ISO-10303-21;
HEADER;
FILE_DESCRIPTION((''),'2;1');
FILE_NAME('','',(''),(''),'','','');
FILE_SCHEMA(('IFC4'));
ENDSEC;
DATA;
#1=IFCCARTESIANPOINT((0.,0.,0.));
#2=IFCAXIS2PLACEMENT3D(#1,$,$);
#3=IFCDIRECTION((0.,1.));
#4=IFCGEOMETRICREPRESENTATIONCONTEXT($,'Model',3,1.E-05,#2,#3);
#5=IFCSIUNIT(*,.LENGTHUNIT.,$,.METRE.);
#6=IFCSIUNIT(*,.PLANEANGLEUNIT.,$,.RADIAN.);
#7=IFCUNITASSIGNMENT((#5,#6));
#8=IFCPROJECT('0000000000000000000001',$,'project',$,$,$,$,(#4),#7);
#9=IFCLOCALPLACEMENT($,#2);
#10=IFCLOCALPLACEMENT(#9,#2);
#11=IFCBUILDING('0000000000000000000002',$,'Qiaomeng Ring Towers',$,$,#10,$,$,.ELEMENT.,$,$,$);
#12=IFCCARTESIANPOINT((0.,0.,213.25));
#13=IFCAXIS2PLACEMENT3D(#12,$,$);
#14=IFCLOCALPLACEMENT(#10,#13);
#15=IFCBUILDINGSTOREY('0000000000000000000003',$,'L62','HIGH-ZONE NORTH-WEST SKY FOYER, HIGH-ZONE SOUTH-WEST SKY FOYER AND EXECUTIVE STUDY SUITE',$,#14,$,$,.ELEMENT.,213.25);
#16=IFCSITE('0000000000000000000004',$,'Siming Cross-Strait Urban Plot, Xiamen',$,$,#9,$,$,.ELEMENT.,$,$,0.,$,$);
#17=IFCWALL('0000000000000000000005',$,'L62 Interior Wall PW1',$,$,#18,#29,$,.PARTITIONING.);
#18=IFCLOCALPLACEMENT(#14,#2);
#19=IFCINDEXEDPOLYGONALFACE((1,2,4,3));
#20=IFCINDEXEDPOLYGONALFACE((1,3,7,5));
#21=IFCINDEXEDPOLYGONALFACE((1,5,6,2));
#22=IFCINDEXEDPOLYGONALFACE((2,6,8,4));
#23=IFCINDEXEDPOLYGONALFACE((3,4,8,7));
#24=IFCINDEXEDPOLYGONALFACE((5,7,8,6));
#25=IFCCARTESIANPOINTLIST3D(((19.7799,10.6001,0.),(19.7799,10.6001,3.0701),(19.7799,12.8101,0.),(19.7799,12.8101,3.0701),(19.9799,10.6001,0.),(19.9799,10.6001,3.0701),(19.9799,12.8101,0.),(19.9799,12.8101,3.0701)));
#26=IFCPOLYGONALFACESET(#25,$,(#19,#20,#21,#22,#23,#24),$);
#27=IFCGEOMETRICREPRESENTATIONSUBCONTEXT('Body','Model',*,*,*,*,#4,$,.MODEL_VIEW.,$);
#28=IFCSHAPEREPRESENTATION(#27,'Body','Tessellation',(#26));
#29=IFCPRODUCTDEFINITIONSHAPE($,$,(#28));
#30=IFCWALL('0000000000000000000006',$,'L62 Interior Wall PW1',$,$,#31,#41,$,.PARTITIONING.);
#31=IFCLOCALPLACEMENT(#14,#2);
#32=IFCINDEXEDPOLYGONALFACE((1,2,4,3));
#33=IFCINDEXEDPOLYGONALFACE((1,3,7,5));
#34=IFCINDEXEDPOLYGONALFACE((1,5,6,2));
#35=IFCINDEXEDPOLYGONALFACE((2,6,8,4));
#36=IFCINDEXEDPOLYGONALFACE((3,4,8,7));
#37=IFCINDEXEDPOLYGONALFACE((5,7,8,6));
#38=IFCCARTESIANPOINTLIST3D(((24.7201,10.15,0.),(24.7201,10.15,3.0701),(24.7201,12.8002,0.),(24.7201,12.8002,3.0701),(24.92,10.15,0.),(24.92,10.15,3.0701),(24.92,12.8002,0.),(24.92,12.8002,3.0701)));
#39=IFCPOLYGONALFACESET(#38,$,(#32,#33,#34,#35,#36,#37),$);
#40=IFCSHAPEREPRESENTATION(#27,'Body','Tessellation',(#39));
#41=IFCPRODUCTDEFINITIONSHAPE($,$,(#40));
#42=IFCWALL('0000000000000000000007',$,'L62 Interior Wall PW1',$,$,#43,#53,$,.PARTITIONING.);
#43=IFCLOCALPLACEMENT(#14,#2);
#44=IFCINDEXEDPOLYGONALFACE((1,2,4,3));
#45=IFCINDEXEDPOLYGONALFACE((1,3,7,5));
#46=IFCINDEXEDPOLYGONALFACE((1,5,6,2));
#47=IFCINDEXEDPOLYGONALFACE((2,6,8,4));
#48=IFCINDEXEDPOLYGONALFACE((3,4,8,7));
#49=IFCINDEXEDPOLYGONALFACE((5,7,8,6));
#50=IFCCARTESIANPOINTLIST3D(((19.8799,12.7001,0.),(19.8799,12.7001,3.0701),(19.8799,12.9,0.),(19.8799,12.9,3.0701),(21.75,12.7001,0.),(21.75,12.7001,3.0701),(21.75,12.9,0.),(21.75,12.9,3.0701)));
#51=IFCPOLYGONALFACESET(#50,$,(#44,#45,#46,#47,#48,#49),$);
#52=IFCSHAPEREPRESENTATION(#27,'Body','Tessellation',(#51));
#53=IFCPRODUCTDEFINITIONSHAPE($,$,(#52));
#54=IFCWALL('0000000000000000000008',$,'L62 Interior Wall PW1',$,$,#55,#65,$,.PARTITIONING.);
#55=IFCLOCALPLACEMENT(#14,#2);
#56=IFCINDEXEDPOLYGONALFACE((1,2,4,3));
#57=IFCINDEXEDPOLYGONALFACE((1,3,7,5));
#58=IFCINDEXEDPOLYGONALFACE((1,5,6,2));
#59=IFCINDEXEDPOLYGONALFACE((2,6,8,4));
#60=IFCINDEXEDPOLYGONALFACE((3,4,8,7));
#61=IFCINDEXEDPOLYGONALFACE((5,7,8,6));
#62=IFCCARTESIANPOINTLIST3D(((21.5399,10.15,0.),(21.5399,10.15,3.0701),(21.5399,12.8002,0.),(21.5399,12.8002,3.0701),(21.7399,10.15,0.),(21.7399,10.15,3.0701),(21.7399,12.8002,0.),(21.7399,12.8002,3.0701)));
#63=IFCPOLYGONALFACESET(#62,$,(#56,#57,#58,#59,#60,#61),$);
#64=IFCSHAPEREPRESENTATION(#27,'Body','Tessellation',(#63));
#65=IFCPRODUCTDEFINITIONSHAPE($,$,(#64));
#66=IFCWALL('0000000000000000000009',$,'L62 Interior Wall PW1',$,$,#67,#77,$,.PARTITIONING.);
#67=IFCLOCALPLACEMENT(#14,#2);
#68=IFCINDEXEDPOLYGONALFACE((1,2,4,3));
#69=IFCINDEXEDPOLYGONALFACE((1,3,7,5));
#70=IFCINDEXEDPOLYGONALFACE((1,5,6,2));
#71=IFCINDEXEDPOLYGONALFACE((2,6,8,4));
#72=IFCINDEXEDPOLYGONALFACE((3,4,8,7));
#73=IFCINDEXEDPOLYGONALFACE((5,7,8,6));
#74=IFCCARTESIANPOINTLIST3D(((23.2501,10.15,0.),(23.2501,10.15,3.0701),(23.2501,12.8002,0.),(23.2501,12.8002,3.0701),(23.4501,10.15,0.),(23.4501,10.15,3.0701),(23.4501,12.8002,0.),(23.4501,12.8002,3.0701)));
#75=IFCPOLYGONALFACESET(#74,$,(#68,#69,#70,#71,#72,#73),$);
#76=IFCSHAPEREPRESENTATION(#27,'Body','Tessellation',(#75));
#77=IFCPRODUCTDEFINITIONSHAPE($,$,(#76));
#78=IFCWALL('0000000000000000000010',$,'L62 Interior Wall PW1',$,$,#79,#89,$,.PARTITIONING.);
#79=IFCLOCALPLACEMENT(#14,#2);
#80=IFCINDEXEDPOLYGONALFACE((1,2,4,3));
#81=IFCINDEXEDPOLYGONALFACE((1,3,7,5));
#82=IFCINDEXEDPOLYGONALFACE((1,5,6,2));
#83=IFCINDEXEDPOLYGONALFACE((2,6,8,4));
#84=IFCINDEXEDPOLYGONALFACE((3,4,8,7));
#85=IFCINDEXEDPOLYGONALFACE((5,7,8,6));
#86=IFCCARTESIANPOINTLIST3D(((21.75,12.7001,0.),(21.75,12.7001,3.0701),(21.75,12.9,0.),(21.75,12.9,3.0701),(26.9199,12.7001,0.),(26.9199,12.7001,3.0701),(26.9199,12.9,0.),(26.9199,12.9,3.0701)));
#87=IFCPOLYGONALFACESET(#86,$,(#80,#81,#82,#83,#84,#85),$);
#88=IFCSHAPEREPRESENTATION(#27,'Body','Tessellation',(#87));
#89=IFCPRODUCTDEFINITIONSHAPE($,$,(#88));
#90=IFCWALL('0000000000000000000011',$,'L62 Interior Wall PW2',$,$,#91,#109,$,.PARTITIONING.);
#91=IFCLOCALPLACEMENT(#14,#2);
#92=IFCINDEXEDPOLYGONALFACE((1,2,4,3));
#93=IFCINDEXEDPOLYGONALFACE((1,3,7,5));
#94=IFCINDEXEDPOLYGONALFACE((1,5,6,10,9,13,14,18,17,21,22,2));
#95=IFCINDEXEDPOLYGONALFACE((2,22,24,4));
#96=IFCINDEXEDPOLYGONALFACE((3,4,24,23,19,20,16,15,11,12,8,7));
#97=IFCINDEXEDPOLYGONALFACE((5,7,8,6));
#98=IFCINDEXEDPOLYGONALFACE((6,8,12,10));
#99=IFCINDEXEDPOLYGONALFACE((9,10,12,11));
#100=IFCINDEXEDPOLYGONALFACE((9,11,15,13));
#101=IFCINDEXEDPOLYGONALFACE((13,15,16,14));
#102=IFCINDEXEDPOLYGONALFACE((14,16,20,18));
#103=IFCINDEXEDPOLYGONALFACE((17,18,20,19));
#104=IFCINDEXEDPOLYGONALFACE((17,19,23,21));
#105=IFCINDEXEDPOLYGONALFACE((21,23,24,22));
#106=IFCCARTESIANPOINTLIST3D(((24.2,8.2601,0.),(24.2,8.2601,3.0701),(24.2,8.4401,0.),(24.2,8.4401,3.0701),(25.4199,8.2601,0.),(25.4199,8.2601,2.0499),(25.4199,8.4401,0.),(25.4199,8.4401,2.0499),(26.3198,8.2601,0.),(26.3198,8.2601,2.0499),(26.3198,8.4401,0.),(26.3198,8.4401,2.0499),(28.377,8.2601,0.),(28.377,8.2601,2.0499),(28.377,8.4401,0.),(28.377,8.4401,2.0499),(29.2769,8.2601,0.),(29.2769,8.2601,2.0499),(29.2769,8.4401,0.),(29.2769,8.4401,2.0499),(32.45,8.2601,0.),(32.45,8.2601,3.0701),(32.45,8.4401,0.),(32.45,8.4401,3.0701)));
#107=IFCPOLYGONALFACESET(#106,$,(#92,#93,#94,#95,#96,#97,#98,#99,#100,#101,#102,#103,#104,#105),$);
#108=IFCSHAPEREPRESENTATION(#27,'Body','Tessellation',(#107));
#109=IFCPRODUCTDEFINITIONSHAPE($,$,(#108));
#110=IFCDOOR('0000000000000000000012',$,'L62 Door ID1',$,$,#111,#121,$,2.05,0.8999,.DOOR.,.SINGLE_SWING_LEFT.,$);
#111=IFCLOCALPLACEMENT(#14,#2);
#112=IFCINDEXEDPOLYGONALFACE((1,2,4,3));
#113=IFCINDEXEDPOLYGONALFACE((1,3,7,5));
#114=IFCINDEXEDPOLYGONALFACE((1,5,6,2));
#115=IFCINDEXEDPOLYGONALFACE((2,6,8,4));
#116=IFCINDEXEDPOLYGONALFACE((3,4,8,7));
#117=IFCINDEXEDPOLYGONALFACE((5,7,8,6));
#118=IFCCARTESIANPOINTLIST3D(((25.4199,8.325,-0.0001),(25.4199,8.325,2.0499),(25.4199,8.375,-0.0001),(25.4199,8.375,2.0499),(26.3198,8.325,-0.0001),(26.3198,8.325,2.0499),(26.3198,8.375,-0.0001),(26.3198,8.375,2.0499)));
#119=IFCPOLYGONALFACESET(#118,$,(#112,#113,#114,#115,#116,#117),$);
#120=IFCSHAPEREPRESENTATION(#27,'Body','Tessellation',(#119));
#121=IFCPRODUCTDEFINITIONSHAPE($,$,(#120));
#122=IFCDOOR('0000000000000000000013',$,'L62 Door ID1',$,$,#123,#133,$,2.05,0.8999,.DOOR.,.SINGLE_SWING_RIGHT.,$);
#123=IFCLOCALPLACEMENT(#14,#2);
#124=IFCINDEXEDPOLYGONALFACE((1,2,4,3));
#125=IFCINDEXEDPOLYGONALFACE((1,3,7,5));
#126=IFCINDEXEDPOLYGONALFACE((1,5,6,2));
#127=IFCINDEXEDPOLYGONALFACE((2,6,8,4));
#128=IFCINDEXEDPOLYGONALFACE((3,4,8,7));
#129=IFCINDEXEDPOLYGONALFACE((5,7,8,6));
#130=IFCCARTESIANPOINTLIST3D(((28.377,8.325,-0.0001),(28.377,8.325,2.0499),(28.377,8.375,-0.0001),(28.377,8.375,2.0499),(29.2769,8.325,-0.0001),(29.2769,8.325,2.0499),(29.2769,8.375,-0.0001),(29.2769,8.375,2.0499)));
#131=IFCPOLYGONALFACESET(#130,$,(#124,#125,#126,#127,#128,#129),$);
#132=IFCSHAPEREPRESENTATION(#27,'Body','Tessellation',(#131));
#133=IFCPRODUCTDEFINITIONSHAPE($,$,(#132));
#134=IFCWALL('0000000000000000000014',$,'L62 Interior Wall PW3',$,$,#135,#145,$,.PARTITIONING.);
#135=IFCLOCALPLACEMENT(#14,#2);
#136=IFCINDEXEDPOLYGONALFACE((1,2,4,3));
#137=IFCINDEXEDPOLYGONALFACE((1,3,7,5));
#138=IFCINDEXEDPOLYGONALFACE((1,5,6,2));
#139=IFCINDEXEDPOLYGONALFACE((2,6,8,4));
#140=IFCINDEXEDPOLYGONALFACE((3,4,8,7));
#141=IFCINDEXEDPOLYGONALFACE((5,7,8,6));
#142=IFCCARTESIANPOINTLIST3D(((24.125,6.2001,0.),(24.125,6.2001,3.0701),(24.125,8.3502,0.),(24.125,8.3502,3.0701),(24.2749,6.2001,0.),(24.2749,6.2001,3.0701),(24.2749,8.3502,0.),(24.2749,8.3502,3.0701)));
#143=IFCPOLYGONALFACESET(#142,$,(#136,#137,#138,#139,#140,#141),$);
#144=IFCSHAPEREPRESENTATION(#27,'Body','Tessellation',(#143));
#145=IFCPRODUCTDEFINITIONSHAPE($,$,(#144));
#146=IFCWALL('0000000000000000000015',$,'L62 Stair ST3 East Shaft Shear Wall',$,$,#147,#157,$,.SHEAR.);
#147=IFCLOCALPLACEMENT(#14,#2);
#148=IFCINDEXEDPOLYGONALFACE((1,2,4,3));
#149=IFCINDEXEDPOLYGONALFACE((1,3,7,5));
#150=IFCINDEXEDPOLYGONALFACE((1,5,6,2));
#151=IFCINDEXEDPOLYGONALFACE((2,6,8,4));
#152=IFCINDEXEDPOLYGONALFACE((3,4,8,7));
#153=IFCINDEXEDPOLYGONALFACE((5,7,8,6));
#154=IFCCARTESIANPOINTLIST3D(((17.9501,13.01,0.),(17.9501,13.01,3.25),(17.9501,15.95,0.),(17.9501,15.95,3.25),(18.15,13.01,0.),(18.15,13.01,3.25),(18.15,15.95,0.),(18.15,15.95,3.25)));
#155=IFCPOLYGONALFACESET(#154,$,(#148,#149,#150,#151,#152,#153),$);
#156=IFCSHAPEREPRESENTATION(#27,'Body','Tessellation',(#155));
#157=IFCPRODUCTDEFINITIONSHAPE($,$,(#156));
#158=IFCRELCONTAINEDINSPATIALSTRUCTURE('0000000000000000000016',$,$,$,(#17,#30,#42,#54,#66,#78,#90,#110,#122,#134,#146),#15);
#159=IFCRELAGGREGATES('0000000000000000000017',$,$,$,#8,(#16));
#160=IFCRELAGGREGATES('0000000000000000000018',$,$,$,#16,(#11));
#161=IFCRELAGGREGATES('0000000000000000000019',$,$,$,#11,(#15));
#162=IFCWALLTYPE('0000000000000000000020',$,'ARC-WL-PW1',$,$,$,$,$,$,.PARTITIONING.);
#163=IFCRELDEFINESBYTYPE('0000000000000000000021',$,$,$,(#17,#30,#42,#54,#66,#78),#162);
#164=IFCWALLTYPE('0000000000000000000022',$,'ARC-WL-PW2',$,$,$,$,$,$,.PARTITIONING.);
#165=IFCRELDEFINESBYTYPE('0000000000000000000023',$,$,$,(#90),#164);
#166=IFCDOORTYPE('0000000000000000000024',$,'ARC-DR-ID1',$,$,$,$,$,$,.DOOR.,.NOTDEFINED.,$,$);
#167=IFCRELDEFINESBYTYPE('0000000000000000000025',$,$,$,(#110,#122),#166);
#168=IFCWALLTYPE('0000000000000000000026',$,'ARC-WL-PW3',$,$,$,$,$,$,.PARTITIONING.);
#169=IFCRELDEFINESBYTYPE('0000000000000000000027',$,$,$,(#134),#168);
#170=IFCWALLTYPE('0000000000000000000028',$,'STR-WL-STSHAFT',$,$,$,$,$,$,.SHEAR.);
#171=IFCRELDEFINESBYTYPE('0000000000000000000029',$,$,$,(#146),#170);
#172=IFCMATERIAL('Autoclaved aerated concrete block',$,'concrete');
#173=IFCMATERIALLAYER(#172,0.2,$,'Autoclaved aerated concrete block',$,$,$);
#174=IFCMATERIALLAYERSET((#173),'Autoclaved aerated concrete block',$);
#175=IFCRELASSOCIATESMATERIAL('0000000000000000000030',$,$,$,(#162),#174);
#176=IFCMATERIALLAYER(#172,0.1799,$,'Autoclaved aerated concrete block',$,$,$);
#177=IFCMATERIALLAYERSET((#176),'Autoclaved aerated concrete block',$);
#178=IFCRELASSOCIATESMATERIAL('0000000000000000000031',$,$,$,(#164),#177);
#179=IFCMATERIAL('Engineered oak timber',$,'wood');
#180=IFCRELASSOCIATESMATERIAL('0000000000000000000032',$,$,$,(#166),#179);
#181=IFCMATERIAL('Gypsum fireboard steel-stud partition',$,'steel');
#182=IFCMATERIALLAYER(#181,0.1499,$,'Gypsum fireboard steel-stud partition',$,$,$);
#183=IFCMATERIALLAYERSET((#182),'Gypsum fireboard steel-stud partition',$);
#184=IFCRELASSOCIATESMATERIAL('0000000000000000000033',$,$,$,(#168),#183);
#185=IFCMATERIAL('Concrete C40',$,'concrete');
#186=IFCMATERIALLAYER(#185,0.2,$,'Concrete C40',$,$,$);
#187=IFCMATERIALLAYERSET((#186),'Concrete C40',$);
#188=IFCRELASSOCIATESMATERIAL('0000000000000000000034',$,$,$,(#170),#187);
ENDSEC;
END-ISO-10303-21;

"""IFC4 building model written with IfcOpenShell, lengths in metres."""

from ifc_helpers import new_model, si_unit, direction, frame, frame_2d, origin, place, context, subcontext, project, spatial, rectangle, extrude, source, transform, mapped, material, layer, layer_set, type_object, element, fill, save


model = new_model("IFC4")

# Units and contexts
model_context = context("Model", 3, precision=1e-05, world=origin(), true_north=direction((0.0, 1.0)))
body_context = subcontext(model_context, "Body", "Model", "MODEL_VIEW")
ifc_project = project(units=[si_unit("LENGTHUNIT", "METRE"), si_unit("PLANEANGLEUNIT", "RADIAN")], contexts=[model_context])

# Site, building, storey
site_placement = place(None, origin())
site = spatial("IfcSite", under=ifc_project, at=site_placement, Name="Siming Cross-Strait Urban Plot, Xiamen", CompositionType="ELEMENT", RefElevation=0.0)
building_placement = place(site_placement, origin())
building = spatial("IfcBuilding", under=site, at=building_placement, Name="Qiaomeng Ring Towers", CompositionType="ELEMENT")
storey_placement = place(building_placement, frame((0.0, 0.0, 213.25)))
storey = spatial("IfcBuildingStorey", under=building, at=storey_placement, Name="L62", Description="HIGH-ZONE NORTH-WEST SKY FOYER, HIGH-ZONE SOUTH-WEST SKY FOYER AND EXECUTIVE STUDY SUITE", CompositionType="ELEMENT", Elevation=213.25)

# Walls
ifc_material_1 = material(Name="Autoclaved aerated concrete block", Category="concrete")
ifc_layer_1 = layer(ifc_material_1, 0.2, Name="Autoclaved aerated concrete block")
ifc_layer_set_1 = layer_set([ifc_layer_1], Name="Autoclaved aerated concrete block")
wall_type_1 = type_object("IfcWallType", Name="ARC-WL-PW1", PredefinedType="PARTITIONING", material=ifc_layer_set_1)
for number, where, z_axis, x_axis, name in (
    (1, (19.8799, 10.6001, 0.0), (0.0, 0.0, 1.0), (0.0, 1.0, 0.0), "L62 Interior Wall PW1"),
):
    element("IfcWall", number, at=place(storey_placement, frame(where, z_axis=z_axis, x_axis=x_axis)), inside=storey, type_object=wall_type_1, Name=name, PredefinedType="PARTITIONING", context=body_context, shape_type="SweptSolid", body=[
        extrude(rectangle(XDim=2.21, YDim=0.2, at=frame_2d((1.105, 0.0))), origin(), (0.0, 0.0, 1.0), 3.0701),
    ])
wall_1_placement = place(storey_placement, frame((24.8201, 10.1499, 0.0), z_axis=(0.0, 0.0, 1.0), x_axis=(0.0, 1.0, 0.0)))
element("IfcWall", 2, at=wall_1_placement, inside=storey, type_object=wall_type_1, Name="L62 Interior Wall PW1", PredefinedType="PARTITIONING", context=body_context, shape_type="SweptSolid", body=[
    extrude(rectangle(XDim=2.6501, YDim=0.2, at=frame_2d((1.3252, 0.0))), origin(), (0.0, 0.0, 1.0), 3.0701),
])
wall_2_placement = place(storey_placement, frame((19.8799, 12.8, 0.0), z_axis=(0.0, 0.0, 1.0), x_axis=(1.0, 0.0, 0.0)))
element("IfcWall", 3, at=wall_2_placement, inside=storey, type_object=wall_type_1, Name="L62 Interior Wall PW1", PredefinedType="PARTITIONING", context=body_context, shape_type="SweptSolid", body=[
    extrude(rectangle(XDim=1.8701, YDim=0.2, at=frame_2d((0.9351, 0.0))), origin(), (0.0, 0.0, 1.0), 3.0701),
])
for number, where, z_axis, x_axis, name in (
    (4, (21.6399, 10.1499, 0.0), (0.0, 0.0, 1.0), (0.0, 1.0, 0.0), "L62 Interior Wall PW1"),
    (5, (23.3501, 10.1499, 0.0), (0.0, 0.0, 1.0), (0.0, 1.0, 0.0), "L62 Interior Wall PW1"),
):
    element("IfcWall", number, at=place(storey_placement, frame(where, z_axis=z_axis, x_axis=x_axis)), inside=storey, type_object=wall_type_1, Name=name, PredefinedType="PARTITIONING", context=body_context, shape_type="SweptSolid", body=[
        extrude(rectangle(XDim=2.6501, YDim=0.2, at=frame_2d((1.3252, 0.0))), origin(), (0.0, 0.0, 1.0), 3.0701),
    ])
wall_3_placement = place(storey_placement, frame((21.75, 12.8, 0.0), z_axis=(0.0, 0.0, 1.0), x_axis=(1.0, 0.0, 0.0)))
element("IfcWall", 6, at=wall_3_placement, inside=storey, type_object=wall_type_1, Name="L62 Interior Wall PW1", PredefinedType="PARTITIONING", context=body_context, shape_type="SweptSolid", body=[
    extrude(rectangle(XDim=5.1699, YDim=0.2, at=frame_2d((2.585, 0.0))), origin(), (0.0, 0.0, 1.0), 3.0701),
])

# Wall, openings, doors
ifc_layer_2 = layer(ifc_material_1, 0.1799, Name="Autoclaved aerated concrete block")
ifc_layer_set_2 = layer_set([ifc_layer_2], Name="Autoclaved aerated concrete block")
wall_type_2 = type_object("IfcWallType", Name="ARC-WL-PW2", PredefinedType="PARTITIONING", material=ifc_layer_set_2)
wall_4_placement = place(storey_placement, frame((24.2, 8.3501, 0.0), z_axis=(0.0, 0.0, 1.0), x_axis=(1.0, 0.0, 0.0)))
wall_4 = element("IfcWall", 7, at=wall_4_placement, inside=storey, type_object=wall_type_2, Name="L62 Interior Wall PW2", PredefinedType="PARTITIONING", context=body_context, shape_type="SweptSolid", body=[
    extrude(rectangle(XDim=8.25, YDim=0.1799, at=frame_2d((4.125, 0.0))), origin(), (0.0, 0.0, 1.0), 3.0701),
])
opening_1_placement = place(wall_4_placement, frame((1.22, 0.0, 0.0)))
opening_1 = element("IfcOpeningElement", 8, at=opening_1_placement, cuts=wall_4, PredefinedType="OPENING", context=body_context, shape_type="SweptSolid", body=[
    extrude(rectangle(XDim=0.8999, YDim=2.05, at=frame_2d((0.45, 1.0249))), frame((0.0, 0.0999, 0.0), z_axis=(0.0, -1.0, 0.0), x_axis=(1.0, 0.0, 0.0)), (0.0, 0.0, 1.0), 0.2),
])
opening_2_placement = place(wall_4_placement, frame((4.177, 0.0, 0.0)))
opening_2 = element("IfcOpeningElement", 9, at=opening_2_placement, cuts=wall_4, PredefinedType="OPENING", context=body_context, shape_type="SweptSolid", body=[
    extrude(rectangle(XDim=0.8999, YDim=2.05, at=frame_2d((0.45, 1.0249))), frame((0.0, 0.0999, 0.0), z_axis=(0.0, -1.0, 0.0), x_axis=(1.0, 0.0, 0.0)), (0.0, 0.0, 1.0), 0.2),
])
ifc_material_2 = material(Name="Engineered oak timber", Category="wood")
door_type_1 = type_object("IfcDoorType", Name="ARC-DR-ID1", OperationType="NOTDEFINED", PredefinedType="DOOR", material=ifc_material_2)
shared_shape_1 = source(origin(), body_context, "Body", "SweptSolid", [
    extrude(rectangle(XDim=0.8999, YDim=2.05, at=frame_2d((0.45, 1.0249))), frame((0.0, 0.0249, 0.0), z_axis=(0.0, -1.0, 0.0), x_axis=(1.0, 0.0, 0.0)), (0.0, 0.0, 1.0), 0.05),
])
door_1_placement = place(opening_1_placement, origin())
door_1 = element("IfcDoor", 10, at=door_1_placement, inside=storey, type_object=door_type_1, Name="L62 Door ID1", OperationType="SINGLE_SWING_LEFT", OverallHeight=2.05, OverallWidth=0.8999, PredefinedType="DOOR", context=body_context, shape_type="MappedRepresentation", body=[
    mapped(shared_shape_1, transform((0.0, 0.0, 0.0), x_axis=(1.0, 0.0, 0.0), y_axis=(0.0, 1.0, 0.0), z_axis=(0.0, 0.0, 1.0), scale=1.0)),
])
fill(opening_1, door_1)
door_2_placement = place(opening_2_placement, origin())
door_2 = element("IfcDoor", 11, at=door_2_placement, inside=storey, type_object=door_type_1, Name="L62 Door ID1", OperationType="SINGLE_SWING_RIGHT", OverallHeight=2.05, OverallWidth=0.8999, PredefinedType="DOOR", context=body_context, shape_type="MappedRepresentation", body=[
    mapped(shared_shape_1, transform((0.0, 0.0, 0.0), x_axis=(1.0, 0.0, 0.0), y_axis=(0.0, 1.0, 0.0), z_axis=(0.0, 0.0, 1.0), scale=1.0)),
])
fill(opening_2, door_2)

# Walls
ifc_material_3 = material(Name="Gypsum fireboard steel-stud partition", Category="steel")
ifc_layer_3 = layer(ifc_material_3, 0.1499, Name="Gypsum fireboard steel-stud partition")
ifc_layer_set_3 = layer_set([ifc_layer_3], Name="Gypsum fireboard steel-stud partition")
wall_type_3 = type_object("IfcWallType", Name="ARC-WL-PW3", PredefinedType="PARTITIONING", material=ifc_layer_set_3)
wall_5_placement = place(storey_placement, frame((24.2, 6.2, 0.0), z_axis=(0.0, 0.0, 1.0), x_axis=(0.0, 1.0, 0.0)))
element("IfcWall", 12, at=wall_5_placement, inside=storey, type_object=wall_type_3, Name="L62 Interior Wall PW3", PredefinedType="PARTITIONING", context=body_context, shape_type="SweptSolid", body=[
    extrude(rectangle(XDim=2.1501, YDim=0.1499, at=frame_2d((1.0752, 0.0))), origin(), (0.0, 0.0, 1.0), 3.0701),
])
ifc_material_4 = material(Name="Concrete C40", Category="concrete")
ifc_layer_4 = layer(ifc_material_4, 0.2, Name="Concrete C40")
ifc_layer_set_4 = layer_set([ifc_layer_4], Name="Concrete C40")
wall_type_4 = type_object("IfcWallType", Name="STR-WL-STSHAFT", PredefinedType="SHEAR", material=ifc_layer_set_4)
wall_6_placement = place(storey_placement, frame((18.05, 13.01, 0.0), z_axis=(0.0, 0.0, 1.0), x_axis=(0.0, 1.0, 0.0)))
element("IfcWall", 13, at=wall_6_placement, inside=storey, type_object=wall_type_4, Name="L62 Stair ST3 East Shaft Shear Wall", PredefinedType="SHEAR", context=body_context, shape_type="SweptSolid", body=[
    extrude(rectangle(XDim=2.9399, YDim=0.2, at=frame_2d((1.47, 0.0))), origin(), (0.0, 0.0, 1.0), 3.25),
])

save(model, "model.ifc")
